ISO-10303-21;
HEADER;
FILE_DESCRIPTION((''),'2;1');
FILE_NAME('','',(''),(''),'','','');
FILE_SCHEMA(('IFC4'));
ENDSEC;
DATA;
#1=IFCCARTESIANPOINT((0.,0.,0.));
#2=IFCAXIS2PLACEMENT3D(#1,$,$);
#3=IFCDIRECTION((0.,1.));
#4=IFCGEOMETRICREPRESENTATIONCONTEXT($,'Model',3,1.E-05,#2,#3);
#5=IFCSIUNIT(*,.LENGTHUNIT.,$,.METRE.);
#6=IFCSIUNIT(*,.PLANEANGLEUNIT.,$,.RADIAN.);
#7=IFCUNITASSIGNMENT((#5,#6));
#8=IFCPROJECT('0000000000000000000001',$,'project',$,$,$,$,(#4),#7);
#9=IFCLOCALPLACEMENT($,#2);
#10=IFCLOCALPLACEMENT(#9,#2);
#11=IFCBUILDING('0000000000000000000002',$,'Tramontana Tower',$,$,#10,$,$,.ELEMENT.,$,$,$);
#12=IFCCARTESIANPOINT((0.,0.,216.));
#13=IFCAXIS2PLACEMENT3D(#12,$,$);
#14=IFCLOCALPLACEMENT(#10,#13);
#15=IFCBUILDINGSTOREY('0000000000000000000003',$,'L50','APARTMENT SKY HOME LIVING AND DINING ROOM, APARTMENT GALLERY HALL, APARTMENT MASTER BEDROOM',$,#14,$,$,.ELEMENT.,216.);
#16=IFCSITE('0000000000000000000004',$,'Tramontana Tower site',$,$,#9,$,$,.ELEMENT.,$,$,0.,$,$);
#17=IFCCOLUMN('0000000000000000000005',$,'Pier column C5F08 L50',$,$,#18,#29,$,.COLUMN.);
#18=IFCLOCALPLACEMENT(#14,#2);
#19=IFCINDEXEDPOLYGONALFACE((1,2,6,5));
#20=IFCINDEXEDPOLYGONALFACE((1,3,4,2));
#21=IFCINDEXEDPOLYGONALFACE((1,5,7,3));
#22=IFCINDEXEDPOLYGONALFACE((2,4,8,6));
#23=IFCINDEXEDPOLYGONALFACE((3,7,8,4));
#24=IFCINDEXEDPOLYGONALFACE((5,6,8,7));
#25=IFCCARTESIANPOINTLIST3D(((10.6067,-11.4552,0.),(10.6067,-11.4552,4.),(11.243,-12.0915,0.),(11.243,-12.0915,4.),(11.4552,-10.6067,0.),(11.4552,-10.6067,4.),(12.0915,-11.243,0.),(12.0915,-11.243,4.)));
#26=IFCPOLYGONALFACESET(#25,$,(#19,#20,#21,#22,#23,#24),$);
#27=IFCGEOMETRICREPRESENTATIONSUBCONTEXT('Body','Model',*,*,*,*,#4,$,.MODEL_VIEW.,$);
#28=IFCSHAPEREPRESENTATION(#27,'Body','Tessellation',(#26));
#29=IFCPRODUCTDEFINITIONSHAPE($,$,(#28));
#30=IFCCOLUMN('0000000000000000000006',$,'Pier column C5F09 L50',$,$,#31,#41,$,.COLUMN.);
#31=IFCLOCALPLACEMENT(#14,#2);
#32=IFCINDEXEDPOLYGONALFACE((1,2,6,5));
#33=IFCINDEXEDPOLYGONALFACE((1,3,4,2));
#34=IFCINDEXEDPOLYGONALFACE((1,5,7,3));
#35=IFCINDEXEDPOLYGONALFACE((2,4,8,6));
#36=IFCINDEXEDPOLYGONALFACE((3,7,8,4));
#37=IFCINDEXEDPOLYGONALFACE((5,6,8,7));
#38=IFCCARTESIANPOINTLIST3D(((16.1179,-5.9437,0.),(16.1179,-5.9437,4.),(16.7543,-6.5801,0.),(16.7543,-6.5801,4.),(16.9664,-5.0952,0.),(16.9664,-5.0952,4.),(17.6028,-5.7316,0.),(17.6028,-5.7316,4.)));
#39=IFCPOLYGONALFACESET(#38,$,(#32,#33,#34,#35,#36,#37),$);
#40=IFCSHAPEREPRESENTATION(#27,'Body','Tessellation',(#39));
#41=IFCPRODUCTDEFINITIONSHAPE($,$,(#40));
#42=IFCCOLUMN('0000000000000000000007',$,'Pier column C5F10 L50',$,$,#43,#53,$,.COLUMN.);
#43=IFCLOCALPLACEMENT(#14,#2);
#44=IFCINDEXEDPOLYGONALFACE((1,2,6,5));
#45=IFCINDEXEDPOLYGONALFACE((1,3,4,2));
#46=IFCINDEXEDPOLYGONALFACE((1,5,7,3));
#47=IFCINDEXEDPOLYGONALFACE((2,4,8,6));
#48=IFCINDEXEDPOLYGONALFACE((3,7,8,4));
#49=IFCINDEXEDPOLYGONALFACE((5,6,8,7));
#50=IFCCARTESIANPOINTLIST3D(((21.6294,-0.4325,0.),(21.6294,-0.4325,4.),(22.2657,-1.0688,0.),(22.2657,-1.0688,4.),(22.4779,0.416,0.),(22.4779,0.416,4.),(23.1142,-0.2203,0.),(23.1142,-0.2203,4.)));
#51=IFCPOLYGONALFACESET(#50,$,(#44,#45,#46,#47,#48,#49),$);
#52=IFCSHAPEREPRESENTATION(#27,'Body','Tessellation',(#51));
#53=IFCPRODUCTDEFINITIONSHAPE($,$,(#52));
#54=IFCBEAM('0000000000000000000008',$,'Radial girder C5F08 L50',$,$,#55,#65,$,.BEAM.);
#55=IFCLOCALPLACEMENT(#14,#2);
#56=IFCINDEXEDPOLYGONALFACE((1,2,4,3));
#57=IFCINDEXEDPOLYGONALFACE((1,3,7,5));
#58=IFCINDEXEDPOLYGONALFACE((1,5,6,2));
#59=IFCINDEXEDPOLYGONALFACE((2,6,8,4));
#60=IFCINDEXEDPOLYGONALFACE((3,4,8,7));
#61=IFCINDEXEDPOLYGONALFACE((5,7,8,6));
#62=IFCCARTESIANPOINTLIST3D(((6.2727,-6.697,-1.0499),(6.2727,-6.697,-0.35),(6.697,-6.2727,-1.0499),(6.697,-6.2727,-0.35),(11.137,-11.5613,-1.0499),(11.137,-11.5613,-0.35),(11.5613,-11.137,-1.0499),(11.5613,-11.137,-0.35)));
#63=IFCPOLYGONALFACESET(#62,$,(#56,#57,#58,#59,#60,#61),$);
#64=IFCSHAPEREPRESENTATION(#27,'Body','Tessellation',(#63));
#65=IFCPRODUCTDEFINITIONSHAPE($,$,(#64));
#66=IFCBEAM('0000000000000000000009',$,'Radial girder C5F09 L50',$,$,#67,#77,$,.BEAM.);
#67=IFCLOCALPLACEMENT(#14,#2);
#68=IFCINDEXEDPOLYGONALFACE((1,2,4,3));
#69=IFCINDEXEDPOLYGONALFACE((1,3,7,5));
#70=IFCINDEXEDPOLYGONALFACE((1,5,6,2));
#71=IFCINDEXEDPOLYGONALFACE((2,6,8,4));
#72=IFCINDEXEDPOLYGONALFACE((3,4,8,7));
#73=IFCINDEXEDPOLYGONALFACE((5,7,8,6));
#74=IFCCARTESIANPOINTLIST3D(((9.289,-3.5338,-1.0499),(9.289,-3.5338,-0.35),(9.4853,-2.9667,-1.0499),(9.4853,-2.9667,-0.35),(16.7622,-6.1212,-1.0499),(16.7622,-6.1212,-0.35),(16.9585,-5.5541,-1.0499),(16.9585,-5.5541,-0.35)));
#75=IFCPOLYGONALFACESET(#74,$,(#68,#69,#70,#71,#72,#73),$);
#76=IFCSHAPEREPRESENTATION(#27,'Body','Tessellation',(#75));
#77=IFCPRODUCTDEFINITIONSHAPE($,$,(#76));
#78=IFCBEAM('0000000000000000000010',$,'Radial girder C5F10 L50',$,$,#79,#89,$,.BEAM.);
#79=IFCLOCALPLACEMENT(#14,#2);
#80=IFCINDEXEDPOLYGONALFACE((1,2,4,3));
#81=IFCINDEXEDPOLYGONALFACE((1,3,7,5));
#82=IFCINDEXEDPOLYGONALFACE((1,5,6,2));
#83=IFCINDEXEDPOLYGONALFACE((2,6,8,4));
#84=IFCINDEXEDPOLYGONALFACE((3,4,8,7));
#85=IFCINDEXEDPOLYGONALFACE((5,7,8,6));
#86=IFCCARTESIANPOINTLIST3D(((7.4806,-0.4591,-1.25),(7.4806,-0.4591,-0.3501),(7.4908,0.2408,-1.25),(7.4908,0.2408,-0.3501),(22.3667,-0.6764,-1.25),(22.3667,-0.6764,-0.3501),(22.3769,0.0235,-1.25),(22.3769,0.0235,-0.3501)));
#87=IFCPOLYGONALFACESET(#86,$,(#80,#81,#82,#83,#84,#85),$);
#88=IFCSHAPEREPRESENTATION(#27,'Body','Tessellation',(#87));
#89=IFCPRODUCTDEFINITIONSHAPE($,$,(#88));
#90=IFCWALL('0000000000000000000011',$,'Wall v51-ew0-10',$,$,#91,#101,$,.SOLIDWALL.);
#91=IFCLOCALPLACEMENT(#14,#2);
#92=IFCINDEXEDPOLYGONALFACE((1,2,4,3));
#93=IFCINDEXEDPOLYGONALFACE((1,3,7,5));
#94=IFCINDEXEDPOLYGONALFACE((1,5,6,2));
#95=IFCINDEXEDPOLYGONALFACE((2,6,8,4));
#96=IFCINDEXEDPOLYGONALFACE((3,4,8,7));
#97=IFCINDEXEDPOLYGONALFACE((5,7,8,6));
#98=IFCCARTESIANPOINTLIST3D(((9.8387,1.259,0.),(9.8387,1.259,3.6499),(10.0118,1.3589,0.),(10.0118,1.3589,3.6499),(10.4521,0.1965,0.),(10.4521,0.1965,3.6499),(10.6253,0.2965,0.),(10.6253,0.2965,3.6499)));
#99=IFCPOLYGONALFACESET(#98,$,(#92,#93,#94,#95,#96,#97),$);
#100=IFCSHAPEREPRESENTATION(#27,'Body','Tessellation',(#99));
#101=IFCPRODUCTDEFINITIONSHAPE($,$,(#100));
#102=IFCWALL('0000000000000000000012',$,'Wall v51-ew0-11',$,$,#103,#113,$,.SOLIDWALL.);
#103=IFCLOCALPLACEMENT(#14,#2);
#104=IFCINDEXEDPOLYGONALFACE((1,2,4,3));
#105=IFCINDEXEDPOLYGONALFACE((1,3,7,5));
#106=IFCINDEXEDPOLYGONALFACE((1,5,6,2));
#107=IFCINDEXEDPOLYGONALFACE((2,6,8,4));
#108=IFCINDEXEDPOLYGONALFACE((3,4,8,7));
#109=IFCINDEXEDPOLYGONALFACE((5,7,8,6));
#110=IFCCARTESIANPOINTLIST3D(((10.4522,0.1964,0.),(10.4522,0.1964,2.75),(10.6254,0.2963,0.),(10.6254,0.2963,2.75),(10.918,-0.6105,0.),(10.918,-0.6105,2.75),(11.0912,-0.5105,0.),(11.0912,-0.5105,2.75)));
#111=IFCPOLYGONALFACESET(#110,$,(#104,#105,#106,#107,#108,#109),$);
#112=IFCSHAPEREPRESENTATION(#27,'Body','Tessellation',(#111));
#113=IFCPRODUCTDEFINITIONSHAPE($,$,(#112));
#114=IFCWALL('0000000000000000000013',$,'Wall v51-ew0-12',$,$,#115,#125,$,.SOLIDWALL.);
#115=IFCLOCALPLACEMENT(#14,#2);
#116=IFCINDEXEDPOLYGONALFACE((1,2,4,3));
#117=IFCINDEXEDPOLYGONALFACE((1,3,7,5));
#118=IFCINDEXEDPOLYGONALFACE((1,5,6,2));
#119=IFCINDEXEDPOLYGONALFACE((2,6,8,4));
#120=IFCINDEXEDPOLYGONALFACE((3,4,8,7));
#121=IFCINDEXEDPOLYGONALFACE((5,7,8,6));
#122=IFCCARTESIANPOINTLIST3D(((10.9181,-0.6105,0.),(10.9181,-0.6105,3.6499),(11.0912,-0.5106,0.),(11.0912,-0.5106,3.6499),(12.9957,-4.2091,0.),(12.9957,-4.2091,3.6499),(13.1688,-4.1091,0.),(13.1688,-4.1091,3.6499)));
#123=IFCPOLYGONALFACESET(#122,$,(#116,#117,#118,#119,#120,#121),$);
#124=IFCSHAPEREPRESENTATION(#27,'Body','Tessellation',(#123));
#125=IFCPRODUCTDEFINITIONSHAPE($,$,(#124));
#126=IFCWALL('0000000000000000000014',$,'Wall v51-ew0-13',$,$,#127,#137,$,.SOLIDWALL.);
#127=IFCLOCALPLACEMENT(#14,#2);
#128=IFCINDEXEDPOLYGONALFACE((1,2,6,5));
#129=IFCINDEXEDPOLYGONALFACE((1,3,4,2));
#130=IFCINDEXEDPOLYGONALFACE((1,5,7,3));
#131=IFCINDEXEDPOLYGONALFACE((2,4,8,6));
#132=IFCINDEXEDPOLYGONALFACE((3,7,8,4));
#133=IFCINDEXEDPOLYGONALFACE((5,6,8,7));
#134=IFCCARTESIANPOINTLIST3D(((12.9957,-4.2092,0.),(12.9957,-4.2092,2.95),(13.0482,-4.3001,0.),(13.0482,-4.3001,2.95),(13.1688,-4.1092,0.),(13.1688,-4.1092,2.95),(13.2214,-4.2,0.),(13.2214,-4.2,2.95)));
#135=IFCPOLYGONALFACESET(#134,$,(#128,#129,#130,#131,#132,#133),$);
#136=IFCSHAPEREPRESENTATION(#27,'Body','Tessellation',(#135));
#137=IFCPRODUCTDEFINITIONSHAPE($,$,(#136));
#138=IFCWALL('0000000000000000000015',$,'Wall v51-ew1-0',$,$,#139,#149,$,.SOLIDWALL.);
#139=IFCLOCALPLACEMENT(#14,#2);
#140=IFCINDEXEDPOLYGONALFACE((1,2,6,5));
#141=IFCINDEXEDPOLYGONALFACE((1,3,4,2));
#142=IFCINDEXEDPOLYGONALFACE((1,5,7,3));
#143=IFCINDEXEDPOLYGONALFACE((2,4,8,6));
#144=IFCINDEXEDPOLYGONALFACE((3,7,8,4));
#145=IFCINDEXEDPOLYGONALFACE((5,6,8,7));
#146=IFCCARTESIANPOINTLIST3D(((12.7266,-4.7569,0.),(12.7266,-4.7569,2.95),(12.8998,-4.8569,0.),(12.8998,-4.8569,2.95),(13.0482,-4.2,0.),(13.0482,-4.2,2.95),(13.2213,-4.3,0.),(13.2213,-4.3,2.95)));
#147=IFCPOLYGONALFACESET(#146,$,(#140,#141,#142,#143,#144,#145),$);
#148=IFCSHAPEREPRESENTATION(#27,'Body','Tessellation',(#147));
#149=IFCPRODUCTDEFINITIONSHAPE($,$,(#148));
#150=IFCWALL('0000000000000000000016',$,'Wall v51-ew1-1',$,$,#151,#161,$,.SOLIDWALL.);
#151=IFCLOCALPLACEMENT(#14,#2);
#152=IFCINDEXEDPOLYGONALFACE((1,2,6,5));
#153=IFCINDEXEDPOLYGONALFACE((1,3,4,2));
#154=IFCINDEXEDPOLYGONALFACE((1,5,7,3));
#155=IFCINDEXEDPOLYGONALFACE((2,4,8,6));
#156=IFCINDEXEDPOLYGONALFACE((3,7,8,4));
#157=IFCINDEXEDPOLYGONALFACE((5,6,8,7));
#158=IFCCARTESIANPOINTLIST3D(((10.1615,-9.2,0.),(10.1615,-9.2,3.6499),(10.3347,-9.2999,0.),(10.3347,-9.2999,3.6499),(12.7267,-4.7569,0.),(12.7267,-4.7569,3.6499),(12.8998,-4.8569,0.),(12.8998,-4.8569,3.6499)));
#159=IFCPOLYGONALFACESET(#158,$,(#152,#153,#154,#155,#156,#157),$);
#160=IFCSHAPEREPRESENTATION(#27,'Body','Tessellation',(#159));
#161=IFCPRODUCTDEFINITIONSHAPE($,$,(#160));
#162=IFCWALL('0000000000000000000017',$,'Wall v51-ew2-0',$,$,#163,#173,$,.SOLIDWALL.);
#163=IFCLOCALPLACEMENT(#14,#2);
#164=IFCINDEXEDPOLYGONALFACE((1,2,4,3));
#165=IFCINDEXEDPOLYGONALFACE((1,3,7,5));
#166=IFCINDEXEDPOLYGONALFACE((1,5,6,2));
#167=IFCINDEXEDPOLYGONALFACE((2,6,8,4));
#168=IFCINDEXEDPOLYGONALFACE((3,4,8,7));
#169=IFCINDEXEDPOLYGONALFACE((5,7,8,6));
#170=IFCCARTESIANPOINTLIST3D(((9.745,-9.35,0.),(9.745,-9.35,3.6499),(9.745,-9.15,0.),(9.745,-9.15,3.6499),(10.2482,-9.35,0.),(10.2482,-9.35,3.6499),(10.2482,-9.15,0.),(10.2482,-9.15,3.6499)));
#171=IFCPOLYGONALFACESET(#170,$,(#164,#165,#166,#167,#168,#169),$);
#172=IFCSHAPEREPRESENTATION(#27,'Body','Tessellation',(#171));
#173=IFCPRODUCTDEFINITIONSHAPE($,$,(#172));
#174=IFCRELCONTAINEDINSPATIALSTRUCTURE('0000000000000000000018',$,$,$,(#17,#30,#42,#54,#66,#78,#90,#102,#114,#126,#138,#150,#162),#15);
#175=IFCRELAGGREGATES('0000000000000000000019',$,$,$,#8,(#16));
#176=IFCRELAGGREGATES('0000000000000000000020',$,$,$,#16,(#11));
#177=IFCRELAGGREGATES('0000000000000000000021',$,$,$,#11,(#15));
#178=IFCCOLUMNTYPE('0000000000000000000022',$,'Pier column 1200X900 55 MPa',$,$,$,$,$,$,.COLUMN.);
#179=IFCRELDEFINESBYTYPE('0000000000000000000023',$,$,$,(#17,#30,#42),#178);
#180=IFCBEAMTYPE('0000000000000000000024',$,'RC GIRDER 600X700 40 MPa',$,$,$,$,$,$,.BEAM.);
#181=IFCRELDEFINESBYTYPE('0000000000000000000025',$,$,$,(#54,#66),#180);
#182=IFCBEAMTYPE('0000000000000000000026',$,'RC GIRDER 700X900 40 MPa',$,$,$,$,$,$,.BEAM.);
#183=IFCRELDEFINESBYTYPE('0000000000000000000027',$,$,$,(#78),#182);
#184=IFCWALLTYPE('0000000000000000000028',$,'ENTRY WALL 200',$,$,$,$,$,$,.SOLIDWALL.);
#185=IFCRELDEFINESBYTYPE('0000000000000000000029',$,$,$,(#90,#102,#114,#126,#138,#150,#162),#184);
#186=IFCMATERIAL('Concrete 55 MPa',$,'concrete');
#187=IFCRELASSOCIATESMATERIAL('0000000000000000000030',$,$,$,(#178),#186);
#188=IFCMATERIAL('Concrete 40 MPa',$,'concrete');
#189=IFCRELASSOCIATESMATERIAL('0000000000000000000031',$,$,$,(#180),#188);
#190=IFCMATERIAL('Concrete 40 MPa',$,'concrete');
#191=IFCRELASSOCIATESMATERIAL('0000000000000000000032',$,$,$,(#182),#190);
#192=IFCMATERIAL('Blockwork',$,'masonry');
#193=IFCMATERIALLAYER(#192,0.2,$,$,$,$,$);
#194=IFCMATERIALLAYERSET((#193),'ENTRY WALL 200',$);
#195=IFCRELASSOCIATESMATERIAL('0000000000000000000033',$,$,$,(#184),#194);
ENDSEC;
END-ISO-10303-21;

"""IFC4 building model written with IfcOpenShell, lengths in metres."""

from ifc_helpers import new_model, si_unit, direction, frame, frame_2d, origin, origin_2d, place, context, subcontext, project, spatial, rectangle, extrude, material, layer, layer_set, material_profile, profile_set, type_object, element, save


model = new_model("IFC4")

# Units and contexts
model_context = context("Model", 3, precision=1e-05, world=origin(), true_north=direction((0.0, 1.0)))
body_context = subcontext(model_context, "Body", "Model", "MODEL_VIEW")
ifc_project = project(units=[si_unit("LENGTHUNIT", "METRE"), si_unit("PLANEANGLEUNIT", "RADIAN")], contexts=[model_context])

# Site, building, storey
site_placement = place(None, origin())
site = spatial("IfcSite", under=ifc_project, at=site_placement, Name="Tramontana Tower site", CompositionType="ELEMENT", RefElevation=0.0)
building_placement = place(site_placement, origin())
building = spatial("IfcBuilding", under=site, at=building_placement, Name="Tramontana Tower", CompositionType="ELEMENT")
storey_placement = place(building_placement, frame((0.0, 0.0, 216.0)))
storey = spatial("IfcBuildingStorey", under=building, at=storey_placement, Name="L50", Description="APARTMENT SKY HOME LIVING AND DINING ROOM, APARTMENT GALLERY HALL, APARTMENT MASTER BEDROOM", CompositionType="ELEMENT", Elevation=216.0)

# Columns
ifc_material_1 = material(Name="Concrete 55 MPa", Category="concrete")
ifc_material_profile_1 = material_profile(ifc_material_1, rectangle(XDim=1.2, YDim=0.8999, at=origin_2d()), Name="Pier column 1200X900 55 MPa")
ifc_profile_set_1 = profile_set([ifc_material_profile_1], Name="Concrete 55 MPa")
column_type = type_object("IfcColumnType", Name="Pier column 1200X900 55 MPa", PredefinedType="COLUMN", material=ifc_profile_set_1)
for number, where, z_axis, x_axis, name in (
    (1, (11.3491, -11.3491, 0.0), (0.0, 0.0, 1.0), (0.707107, 0.707107, 0.0), "Pier column C5F08 L50"),
    (2, (16.8604, -5.8376, 0.0), (0.0, 0.0, 1.0), (0.707107, 0.707107, 0.0), "Pier column C5F09 L50"),
    (3, (22.3718, -0.3264, 0.0), (0.0, 0.0, 1.0), (0.707107, 0.707107, 0.0), "Pier column C5F10 L50"),
):
    element("IfcColumn", number, at=place(storey_placement, frame(where, z_axis=z_axis, x_axis=x_axis)), inside=storey, type_object=column_type, Name=name, PredefinedType="COLUMN", context=body_context, shape_type="SweptSolid", body=[
        extrude(rectangle(XDim=1.2, YDim=0.8999, at=origin_2d()), origin(), (0.0, 0.0, 1.0), 4.0),
    ])

# Beams
ifc_material_2 = material(Name="Concrete 40 MPa", Category="concrete")
ifc_material_profile_2 = material_profile(ifc_material_2, rectangle(XDim=0.6001, YDim=0.7, at=origin_2d()), Name="RC GIRDER 600X700 40 MPa")
ifc_profile_set_2 = profile_set([ifc_material_profile_2], Name="Concrete 40 MPa")
beam_type_1 = type_object("IfcBeamType", Name="RC GIRDER 600X700 40 MPa", PredefinedType="BEAM", material=ifc_profile_set_2)
beam_1_placement = place(storey_placement, frame((11.3491, -11.3491, -0.7), z_axis=(-0.707107, 0.707107, 0.0), x_axis=(-0.707107, -0.707107, 0.0)))
element("IfcBeam", 4, at=beam_1_placement, inside=storey, type_object=beam_type_1, Name="Radial girder C5F08 L50", PredefinedType="BEAM", context=body_context, shape_type="SweptSolid", body=[
    extrude(rectangle(XDim=0.6001, YDim=0.7, at=origin_2d()), origin(), (0.0, 0.0, 1.0), 6.8792),
])
beam_2_placement = place(storey_placement, frame((16.8604, -5.8376, -0.7), z_axis=(-0.944965, 0.327172, 0.0), x_axis=(-0.327172, -0.944965, 0.0)))
element("IfcBeam", 5, at=beam_2_placement, inside=storey, type_object=beam_type_1, Name="Radial girder C5F09 L50", PredefinedType="BEAM", context=body_context, shape_type="SweptSolid", body=[
    extrude(rectangle(XDim=0.6001, YDim=0.7, at=origin_2d()), origin(), (0.0, 0.0, 1.0), 7.9084),
])
ifc_material_3 = material(Name="Concrete 40 MPa", Category="concrete")
ifc_material_profile_3 = material_profile(ifc_material_3, rectangle(XDim=0.7, YDim=0.8999, at=origin_2d()), Name="RC GIRDER 700X900 40 MPa")
ifc_profile_set_3 = profile_set([ifc_material_profile_3], Name="Concrete 40 MPa")
beam_type_2 = type_object("IfcBeamType", Name="RC GIRDER 700X900 40 MPa", PredefinedType="BEAM", material=ifc_profile_set_3)
beam_3_placement = place(storey_placement, frame((22.3718, -0.3264, -0.8), z_axis=(-0.999893, 0.014595, 0.0), x_axis=(-0.014595, -0.999893, 0.0)))
element("IfcBeam", 6, at=beam_3_placement, inside=storey, type_object=beam_type_2, Name="Radial girder C5F10 L50", PredefinedType="BEAM", context=body_context, shape_type="SweptSolid", body=[
    extrude(rectangle(XDim=0.7, YDim=0.8999, at=origin_2d()), origin(), (0.0, 0.0, 1.0), 14.8877),
])

# Walls
ifc_material_4 = material(Name="Blockwork", Category="masonry")
ifc_layer_1 = layer(ifc_material_4, 0.2)
ifc_layer_set_1 = layer_set([ifc_layer_1], Name="ENTRY WALL 200")
wall_type_1 = type_object("IfcWallType", Name="ENTRY WALL 200", PredefinedType="SOLIDWALL", material=ifc_layer_set_1)
wall_1_placement = place(storey_placement, frame((9.9253, 1.3088, 0.0), z_axis=(0.0, 0.0, 1.0), x_axis=(0.500055, -0.865993, 0.0)))
element("IfcWall", 7, at=wall_1_placement, inside=storey, type_object=wall_type_1, Name="Wall v51-ew0-10", PredefinedType="SOLIDWALL", context=body_context, shape_type="SweptSolid", body=[
    extrude(rectangle(XDim=1.2268, YDim=0.2, at=frame_2d((0.6133, 0.0))), origin(), (0.0, 0.0, 1.0), 3.6499),
])
wall_2_placement = place(storey_placement, frame((10.5388, 0.2463, 0.0), z_axis=(0.0, 0.0, 1.0), x_axis=(0.499972, -0.866042, 0.0)))
element("IfcWall", 8, at=wall_2_placement, inside=storey, type_object=wall_type_1, Name="Wall v51-ew0-11", PredefinedType="SOLIDWALL", context=body_context, shape_type="SweptSolid", body=[
    extrude(rectangle(XDim=0.9316, YDim=0.2, at=frame_2d((0.4658, 0.0))), origin(), (0.0, 0.0, 1.0), 2.75),
])
wall_3_placement = place(storey_placement, frame((11.0046, -0.5605, 0.0), z_axis=(0.0, 0.0, 1.0), x_axis=(0.499994, -0.866029, 0.0)))
element("IfcWall", 9, at=wall_3_placement, inside=storey, type_object=wall_type_1, Name="Wall v51-ew0-12", PredefinedType="SOLIDWALL", context=body_context, shape_type="SweptSolid", body=[
    extrude(rectangle(XDim=4.1553, YDim=0.2, at=frame_2d((2.0776, 0.0))), origin(), (0.0, 0.0, 1.0), 3.6499),
])
wall_4_placement = place(storey_placement, frame((13.0823, -4.1592, 0.0), z_axis=(0.0, 0.0, 1.0), x_axis=(0.500394, -0.865798, 0.0)))
element("IfcWall", 10, at=wall_4_placement, inside=storey, type_object=wall_type_1, Name="Wall v51-ew0-13", PredefinedType="SOLIDWALL", context=body_context, shape_type="SweptSolid", body=[
    extrude(rectangle(XDim=0.105, YDim=0.2, at=frame_2d((0.0525, 0.0))), origin(), (0.0, 0.0, 1.0), 2.95),
])
wall_5_placement = place(storey_placement, frame((13.1348, -4.25, 0.0), z_axis=(0.0, 0.0, 1.0), x_axis=(-0.500018, -0.866015, 0.0)))
element("IfcWall", 11, at=wall_5_placement, inside=storey, type_object=wall_type_1, Name="Wall v51-ew1-0", PredefinedType="SOLIDWALL", context=body_context, shape_type="SweptSolid", body=[
    extrude(rectangle(XDim=0.6431, YDim=0.2, at=frame_2d((0.3215, 0.0))), origin(), (0.0, 0.0, 1.0), 2.95),
])
wall_6_placement = place(storey_placement, frame((12.8132, -4.8069, 0.0), z_axis=(0.0, 0.0, 1.0), x_axis=(-0.499993, -0.866029, 0.0)))
element("IfcWall", 12, at=wall_6_placement, inside=storey, type_object=wall_type_1, Name="Wall v51-ew1-1", PredefinedType="SOLIDWALL", context=body_context, shape_type="SweptSolid", body=[
    extrude(rectangle(XDim=5.1304, YDim=0.2, at=frame_2d((2.5652, 0.0))), origin(), (0.0, 0.0, 1.0), 3.6499),
])
wall_7_placement = place(storey_placement, frame((10.248, -9.25, 0.0), z_axis=(0.0, 0.0, 1.0), x_axis=(-1.0, 0.0, 0.0)))
element("IfcWall", 13, at=wall_7_placement, inside=storey, type_object=wall_type_1, Name="Wall v51-ew2-0", PredefinedType="SOLIDWALL", context=body_context, shape_type="SweptSolid", body=[
    extrude(rectangle(XDim=0.5032, YDim=0.2, at=frame_2d((0.2515, 0.0))), origin(), (0.0, 0.0, 1.0), 3.6499),
])

save(model, "model.ifc")
